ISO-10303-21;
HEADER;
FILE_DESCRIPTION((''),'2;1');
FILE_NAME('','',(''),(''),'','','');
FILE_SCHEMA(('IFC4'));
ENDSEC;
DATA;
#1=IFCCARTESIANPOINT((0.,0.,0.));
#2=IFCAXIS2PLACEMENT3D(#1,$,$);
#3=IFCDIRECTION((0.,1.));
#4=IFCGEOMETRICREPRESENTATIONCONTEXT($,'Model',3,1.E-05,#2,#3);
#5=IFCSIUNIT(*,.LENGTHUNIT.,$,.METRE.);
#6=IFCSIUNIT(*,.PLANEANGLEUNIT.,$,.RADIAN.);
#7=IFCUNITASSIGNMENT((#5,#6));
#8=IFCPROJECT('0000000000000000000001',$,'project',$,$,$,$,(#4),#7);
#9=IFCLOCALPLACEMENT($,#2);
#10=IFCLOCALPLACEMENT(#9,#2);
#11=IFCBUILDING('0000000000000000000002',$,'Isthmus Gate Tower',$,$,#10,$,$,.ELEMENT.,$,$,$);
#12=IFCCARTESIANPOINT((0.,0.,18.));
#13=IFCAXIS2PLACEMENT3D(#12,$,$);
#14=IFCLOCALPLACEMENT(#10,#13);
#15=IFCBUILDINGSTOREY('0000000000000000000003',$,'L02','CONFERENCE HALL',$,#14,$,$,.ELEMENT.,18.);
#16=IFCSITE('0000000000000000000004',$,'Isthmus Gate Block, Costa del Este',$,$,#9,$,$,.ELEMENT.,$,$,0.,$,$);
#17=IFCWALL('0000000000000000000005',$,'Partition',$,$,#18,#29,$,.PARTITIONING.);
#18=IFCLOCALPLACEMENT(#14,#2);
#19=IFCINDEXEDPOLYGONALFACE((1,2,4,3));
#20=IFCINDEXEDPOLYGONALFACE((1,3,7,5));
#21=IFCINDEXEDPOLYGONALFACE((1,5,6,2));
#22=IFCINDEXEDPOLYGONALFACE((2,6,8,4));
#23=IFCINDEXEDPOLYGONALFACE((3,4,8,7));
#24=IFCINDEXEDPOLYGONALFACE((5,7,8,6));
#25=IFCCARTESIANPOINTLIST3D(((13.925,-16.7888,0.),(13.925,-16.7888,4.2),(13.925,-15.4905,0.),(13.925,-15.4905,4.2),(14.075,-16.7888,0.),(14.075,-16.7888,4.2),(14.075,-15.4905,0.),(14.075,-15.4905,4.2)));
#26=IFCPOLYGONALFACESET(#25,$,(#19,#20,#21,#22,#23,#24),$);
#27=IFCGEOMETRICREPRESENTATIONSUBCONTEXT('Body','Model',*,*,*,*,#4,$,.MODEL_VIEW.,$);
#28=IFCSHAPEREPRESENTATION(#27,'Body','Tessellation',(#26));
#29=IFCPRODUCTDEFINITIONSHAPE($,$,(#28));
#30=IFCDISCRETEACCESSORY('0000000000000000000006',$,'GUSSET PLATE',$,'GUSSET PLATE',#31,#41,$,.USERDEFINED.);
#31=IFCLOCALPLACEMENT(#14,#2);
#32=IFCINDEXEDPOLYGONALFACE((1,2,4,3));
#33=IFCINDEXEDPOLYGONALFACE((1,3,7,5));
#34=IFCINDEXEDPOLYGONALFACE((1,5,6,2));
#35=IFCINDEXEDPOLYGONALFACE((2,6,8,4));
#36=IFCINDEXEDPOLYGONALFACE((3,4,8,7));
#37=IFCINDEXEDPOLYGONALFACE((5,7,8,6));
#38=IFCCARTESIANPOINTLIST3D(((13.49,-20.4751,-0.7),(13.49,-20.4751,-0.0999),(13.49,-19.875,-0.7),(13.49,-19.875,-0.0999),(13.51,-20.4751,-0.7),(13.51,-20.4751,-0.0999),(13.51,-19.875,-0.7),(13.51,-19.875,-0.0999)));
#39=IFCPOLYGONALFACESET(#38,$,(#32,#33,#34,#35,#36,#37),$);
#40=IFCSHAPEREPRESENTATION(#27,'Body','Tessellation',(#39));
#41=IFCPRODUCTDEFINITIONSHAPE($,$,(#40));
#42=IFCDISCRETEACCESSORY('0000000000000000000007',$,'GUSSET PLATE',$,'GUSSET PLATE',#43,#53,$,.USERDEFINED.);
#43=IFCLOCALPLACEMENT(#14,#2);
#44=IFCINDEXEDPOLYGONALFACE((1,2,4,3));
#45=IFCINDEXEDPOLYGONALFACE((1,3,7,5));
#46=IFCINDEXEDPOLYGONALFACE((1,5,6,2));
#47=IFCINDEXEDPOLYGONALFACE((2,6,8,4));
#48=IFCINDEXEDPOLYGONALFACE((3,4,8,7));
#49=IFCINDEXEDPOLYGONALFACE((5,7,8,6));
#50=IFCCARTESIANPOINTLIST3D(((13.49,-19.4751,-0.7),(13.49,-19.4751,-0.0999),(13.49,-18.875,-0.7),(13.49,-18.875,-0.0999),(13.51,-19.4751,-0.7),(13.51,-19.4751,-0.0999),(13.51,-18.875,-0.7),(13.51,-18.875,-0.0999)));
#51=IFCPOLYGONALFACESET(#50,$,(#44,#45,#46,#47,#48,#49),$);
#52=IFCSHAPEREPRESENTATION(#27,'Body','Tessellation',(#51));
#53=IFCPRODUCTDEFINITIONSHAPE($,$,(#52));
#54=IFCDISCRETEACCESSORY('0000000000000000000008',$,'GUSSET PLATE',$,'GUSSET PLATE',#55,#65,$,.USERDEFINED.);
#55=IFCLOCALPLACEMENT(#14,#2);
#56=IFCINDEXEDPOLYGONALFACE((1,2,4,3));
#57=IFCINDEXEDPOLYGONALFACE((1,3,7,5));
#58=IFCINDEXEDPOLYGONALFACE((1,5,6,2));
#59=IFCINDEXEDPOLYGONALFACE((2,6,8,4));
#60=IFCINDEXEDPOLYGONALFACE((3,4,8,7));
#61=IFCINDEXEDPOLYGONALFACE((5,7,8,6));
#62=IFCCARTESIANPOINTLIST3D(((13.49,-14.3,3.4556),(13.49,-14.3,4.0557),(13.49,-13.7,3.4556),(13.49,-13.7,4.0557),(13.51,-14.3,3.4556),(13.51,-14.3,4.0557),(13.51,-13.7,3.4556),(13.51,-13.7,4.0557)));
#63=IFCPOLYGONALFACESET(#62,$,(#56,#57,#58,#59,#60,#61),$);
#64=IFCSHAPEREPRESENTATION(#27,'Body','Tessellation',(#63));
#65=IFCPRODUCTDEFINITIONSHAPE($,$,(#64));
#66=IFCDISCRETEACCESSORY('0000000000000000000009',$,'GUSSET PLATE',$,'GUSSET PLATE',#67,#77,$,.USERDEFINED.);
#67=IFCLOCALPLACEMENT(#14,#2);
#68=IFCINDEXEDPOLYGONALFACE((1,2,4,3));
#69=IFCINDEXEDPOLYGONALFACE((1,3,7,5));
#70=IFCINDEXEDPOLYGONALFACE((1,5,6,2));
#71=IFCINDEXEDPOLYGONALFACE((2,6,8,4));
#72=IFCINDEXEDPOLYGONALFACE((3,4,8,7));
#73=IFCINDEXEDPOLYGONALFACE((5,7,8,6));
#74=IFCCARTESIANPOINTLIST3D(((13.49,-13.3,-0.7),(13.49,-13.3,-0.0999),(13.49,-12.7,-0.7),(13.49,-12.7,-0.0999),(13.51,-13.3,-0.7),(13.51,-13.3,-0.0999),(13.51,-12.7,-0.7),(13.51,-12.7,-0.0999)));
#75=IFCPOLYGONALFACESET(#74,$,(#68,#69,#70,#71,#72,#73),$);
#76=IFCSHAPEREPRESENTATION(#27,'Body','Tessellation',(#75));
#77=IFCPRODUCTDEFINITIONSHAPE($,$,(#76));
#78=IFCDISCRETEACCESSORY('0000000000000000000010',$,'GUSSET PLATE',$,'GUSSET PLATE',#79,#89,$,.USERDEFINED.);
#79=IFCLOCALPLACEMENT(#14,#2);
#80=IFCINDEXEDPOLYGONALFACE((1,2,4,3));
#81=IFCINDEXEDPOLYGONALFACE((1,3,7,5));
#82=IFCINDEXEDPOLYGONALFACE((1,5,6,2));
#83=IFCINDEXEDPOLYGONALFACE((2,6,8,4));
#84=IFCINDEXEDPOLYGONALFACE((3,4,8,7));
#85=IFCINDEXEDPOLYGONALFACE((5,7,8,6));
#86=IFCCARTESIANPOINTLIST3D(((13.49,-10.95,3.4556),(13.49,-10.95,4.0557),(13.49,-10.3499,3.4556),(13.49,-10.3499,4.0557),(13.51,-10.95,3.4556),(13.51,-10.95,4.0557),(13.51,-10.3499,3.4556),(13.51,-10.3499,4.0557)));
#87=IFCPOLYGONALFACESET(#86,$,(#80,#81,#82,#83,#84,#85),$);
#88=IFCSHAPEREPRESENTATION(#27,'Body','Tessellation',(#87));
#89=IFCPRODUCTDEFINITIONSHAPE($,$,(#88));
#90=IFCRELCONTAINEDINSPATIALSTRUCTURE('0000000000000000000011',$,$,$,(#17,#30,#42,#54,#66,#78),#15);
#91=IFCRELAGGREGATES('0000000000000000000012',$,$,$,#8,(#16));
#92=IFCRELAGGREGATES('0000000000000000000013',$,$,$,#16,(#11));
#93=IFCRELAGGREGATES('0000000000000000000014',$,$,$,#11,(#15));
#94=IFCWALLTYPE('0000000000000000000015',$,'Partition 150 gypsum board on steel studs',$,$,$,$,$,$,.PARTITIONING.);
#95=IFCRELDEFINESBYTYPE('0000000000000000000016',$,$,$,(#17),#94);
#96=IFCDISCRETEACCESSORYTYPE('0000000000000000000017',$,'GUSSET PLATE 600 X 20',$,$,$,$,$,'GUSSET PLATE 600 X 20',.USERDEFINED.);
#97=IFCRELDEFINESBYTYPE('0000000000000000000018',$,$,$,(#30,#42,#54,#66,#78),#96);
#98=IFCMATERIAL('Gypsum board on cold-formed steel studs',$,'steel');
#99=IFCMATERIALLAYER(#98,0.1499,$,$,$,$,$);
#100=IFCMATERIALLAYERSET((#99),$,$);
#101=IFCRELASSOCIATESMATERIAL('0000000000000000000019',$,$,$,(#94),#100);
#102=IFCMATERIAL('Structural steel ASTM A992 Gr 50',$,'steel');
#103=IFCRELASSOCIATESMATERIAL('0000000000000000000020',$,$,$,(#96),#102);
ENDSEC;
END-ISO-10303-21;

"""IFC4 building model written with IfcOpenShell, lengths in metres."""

from ifc_helpers import new_model, si_unit, direction, frame, frame_2d, origin, origin_2d, place, context, subcontext, project, spatial, rectangle, extrude, material, layer, layer_set, type_object, element, save


model = new_model("IFC4")

# Units and contexts
model_context = context("Model", 3, precision=1e-05, world=origin(), true_north=direction((0.0, 1.0)))
body_context = subcontext(model_context, "Body", "Model", "MODEL_VIEW")
ifc_project = project(units=[si_unit("LENGTHUNIT", "METRE"), si_unit("PLANEANGLEUNIT", "RADIAN")], contexts=[model_context])

# Site, building, storey
site_placement = place(None, origin())
site = spatial("IfcSite", under=ifc_project, at=site_placement, Name="Isthmus Gate Block, Costa del Este", CompositionType="ELEMENT", RefElevation=0.0)
building_placement = place(site_placement, origin())
building = spatial("IfcBuilding", under=site, at=building_placement, Name="Isthmus Gate Tower", CompositionType="ELEMENT")
storey_placement = place(building_placement, frame((0.0, 0.0, 18.0)))
storey = spatial("IfcBuildingStorey", under=building, at=storey_placement, Name="L02", Description="CONFERENCE HALL", CompositionType="ELEMENT", Elevation=18.0)

# Wall
ifc_material_1 = material(Name="Gypsum board on cold-formed steel studs", Category="steel")
ifc_layer_1 = layer(ifc_material_1, 0.1499)
ifc_layer_set_1 = layer_set([ifc_layer_1])
wall_type_1 = type_object("IfcWallType", Name="Partition 150 gypsum board on steel studs", PredefinedType="PARTITIONING", material=ifc_layer_set_1)
wall_1_placement = place(storey_placement, frame((14.0, -16.7888, 0.0), z_axis=(0.0, 0.0, 1.0), x_axis=(0.0, 1.0, 0.0)))
element("IfcWall", 1, at=wall_1_placement, inside=storey, type_object=wall_type_1, Name="Partition", PredefinedType="PARTITIONING", context=body_context, shape_type="SweptSolid", body=[
    extrude(rectangle(XDim=1.2983, YDim=0.1499, at=frame_2d((0.6492, 0.0))), origin(), (0.0, 0.0, 1.0), 4.2),
])

# Discrete accessories
ifc_material_2 = material(Name="Structural steel ASTM A992 Gr 50", Category="steel")
discrete_accessory_type = type_object("IfcDiscreteAccessoryType", Name="GUSSET PLATE 600 X 20", ElementType="GUSSET PLATE 600 X 20", PredefinedType="USERDEFINED", material=ifc_material_2)
for number, where, z_axis, x_axis, name in (
    (2, (13.5, -20.175, -0.7), (0.0, 0.0, 1.0), (0.0, -1.0, 0.0), "GUSSET PLATE"),
    (3, (13.5, -19.175, -0.7), (0.0, 0.0, 1.0), (0.0, 1.0, 0.0), "GUSSET PLATE"),
    (4, (13.5, -14.0, 3.4556), (0.0, 0.0, 1.0), (0.0, 1.0, 0.0), "GUSSET PLATE"),
    (5, (13.5, -13.0, -0.7), (0.0, 0.0, 1.0), (0.0, 1.0, 0.0), "GUSSET PLATE"),
    (6, (13.5, -10.6499, 3.4556), (0.0, 0.0, 1.0), (0.0, 1.0, 0.0), "GUSSET PLATE"),
):
    element("IfcDiscreteAccessory", number, at=place(storey_placement, frame(where, z_axis=z_axis, x_axis=x_axis)), inside=storey, type_object=discrete_accessory_type, Name=name, ObjectType="GUSSET PLATE", PredefinedType="USERDEFINED", context=body_context, shape_type="SweptSolid", body=[
        extrude(rectangle(XDim=0.6001, YDim=0.02, at=origin_2d()), origin(), (0.0, 0.0, 1.0), 0.6001),
    ])

save(model, "model.ifc")
